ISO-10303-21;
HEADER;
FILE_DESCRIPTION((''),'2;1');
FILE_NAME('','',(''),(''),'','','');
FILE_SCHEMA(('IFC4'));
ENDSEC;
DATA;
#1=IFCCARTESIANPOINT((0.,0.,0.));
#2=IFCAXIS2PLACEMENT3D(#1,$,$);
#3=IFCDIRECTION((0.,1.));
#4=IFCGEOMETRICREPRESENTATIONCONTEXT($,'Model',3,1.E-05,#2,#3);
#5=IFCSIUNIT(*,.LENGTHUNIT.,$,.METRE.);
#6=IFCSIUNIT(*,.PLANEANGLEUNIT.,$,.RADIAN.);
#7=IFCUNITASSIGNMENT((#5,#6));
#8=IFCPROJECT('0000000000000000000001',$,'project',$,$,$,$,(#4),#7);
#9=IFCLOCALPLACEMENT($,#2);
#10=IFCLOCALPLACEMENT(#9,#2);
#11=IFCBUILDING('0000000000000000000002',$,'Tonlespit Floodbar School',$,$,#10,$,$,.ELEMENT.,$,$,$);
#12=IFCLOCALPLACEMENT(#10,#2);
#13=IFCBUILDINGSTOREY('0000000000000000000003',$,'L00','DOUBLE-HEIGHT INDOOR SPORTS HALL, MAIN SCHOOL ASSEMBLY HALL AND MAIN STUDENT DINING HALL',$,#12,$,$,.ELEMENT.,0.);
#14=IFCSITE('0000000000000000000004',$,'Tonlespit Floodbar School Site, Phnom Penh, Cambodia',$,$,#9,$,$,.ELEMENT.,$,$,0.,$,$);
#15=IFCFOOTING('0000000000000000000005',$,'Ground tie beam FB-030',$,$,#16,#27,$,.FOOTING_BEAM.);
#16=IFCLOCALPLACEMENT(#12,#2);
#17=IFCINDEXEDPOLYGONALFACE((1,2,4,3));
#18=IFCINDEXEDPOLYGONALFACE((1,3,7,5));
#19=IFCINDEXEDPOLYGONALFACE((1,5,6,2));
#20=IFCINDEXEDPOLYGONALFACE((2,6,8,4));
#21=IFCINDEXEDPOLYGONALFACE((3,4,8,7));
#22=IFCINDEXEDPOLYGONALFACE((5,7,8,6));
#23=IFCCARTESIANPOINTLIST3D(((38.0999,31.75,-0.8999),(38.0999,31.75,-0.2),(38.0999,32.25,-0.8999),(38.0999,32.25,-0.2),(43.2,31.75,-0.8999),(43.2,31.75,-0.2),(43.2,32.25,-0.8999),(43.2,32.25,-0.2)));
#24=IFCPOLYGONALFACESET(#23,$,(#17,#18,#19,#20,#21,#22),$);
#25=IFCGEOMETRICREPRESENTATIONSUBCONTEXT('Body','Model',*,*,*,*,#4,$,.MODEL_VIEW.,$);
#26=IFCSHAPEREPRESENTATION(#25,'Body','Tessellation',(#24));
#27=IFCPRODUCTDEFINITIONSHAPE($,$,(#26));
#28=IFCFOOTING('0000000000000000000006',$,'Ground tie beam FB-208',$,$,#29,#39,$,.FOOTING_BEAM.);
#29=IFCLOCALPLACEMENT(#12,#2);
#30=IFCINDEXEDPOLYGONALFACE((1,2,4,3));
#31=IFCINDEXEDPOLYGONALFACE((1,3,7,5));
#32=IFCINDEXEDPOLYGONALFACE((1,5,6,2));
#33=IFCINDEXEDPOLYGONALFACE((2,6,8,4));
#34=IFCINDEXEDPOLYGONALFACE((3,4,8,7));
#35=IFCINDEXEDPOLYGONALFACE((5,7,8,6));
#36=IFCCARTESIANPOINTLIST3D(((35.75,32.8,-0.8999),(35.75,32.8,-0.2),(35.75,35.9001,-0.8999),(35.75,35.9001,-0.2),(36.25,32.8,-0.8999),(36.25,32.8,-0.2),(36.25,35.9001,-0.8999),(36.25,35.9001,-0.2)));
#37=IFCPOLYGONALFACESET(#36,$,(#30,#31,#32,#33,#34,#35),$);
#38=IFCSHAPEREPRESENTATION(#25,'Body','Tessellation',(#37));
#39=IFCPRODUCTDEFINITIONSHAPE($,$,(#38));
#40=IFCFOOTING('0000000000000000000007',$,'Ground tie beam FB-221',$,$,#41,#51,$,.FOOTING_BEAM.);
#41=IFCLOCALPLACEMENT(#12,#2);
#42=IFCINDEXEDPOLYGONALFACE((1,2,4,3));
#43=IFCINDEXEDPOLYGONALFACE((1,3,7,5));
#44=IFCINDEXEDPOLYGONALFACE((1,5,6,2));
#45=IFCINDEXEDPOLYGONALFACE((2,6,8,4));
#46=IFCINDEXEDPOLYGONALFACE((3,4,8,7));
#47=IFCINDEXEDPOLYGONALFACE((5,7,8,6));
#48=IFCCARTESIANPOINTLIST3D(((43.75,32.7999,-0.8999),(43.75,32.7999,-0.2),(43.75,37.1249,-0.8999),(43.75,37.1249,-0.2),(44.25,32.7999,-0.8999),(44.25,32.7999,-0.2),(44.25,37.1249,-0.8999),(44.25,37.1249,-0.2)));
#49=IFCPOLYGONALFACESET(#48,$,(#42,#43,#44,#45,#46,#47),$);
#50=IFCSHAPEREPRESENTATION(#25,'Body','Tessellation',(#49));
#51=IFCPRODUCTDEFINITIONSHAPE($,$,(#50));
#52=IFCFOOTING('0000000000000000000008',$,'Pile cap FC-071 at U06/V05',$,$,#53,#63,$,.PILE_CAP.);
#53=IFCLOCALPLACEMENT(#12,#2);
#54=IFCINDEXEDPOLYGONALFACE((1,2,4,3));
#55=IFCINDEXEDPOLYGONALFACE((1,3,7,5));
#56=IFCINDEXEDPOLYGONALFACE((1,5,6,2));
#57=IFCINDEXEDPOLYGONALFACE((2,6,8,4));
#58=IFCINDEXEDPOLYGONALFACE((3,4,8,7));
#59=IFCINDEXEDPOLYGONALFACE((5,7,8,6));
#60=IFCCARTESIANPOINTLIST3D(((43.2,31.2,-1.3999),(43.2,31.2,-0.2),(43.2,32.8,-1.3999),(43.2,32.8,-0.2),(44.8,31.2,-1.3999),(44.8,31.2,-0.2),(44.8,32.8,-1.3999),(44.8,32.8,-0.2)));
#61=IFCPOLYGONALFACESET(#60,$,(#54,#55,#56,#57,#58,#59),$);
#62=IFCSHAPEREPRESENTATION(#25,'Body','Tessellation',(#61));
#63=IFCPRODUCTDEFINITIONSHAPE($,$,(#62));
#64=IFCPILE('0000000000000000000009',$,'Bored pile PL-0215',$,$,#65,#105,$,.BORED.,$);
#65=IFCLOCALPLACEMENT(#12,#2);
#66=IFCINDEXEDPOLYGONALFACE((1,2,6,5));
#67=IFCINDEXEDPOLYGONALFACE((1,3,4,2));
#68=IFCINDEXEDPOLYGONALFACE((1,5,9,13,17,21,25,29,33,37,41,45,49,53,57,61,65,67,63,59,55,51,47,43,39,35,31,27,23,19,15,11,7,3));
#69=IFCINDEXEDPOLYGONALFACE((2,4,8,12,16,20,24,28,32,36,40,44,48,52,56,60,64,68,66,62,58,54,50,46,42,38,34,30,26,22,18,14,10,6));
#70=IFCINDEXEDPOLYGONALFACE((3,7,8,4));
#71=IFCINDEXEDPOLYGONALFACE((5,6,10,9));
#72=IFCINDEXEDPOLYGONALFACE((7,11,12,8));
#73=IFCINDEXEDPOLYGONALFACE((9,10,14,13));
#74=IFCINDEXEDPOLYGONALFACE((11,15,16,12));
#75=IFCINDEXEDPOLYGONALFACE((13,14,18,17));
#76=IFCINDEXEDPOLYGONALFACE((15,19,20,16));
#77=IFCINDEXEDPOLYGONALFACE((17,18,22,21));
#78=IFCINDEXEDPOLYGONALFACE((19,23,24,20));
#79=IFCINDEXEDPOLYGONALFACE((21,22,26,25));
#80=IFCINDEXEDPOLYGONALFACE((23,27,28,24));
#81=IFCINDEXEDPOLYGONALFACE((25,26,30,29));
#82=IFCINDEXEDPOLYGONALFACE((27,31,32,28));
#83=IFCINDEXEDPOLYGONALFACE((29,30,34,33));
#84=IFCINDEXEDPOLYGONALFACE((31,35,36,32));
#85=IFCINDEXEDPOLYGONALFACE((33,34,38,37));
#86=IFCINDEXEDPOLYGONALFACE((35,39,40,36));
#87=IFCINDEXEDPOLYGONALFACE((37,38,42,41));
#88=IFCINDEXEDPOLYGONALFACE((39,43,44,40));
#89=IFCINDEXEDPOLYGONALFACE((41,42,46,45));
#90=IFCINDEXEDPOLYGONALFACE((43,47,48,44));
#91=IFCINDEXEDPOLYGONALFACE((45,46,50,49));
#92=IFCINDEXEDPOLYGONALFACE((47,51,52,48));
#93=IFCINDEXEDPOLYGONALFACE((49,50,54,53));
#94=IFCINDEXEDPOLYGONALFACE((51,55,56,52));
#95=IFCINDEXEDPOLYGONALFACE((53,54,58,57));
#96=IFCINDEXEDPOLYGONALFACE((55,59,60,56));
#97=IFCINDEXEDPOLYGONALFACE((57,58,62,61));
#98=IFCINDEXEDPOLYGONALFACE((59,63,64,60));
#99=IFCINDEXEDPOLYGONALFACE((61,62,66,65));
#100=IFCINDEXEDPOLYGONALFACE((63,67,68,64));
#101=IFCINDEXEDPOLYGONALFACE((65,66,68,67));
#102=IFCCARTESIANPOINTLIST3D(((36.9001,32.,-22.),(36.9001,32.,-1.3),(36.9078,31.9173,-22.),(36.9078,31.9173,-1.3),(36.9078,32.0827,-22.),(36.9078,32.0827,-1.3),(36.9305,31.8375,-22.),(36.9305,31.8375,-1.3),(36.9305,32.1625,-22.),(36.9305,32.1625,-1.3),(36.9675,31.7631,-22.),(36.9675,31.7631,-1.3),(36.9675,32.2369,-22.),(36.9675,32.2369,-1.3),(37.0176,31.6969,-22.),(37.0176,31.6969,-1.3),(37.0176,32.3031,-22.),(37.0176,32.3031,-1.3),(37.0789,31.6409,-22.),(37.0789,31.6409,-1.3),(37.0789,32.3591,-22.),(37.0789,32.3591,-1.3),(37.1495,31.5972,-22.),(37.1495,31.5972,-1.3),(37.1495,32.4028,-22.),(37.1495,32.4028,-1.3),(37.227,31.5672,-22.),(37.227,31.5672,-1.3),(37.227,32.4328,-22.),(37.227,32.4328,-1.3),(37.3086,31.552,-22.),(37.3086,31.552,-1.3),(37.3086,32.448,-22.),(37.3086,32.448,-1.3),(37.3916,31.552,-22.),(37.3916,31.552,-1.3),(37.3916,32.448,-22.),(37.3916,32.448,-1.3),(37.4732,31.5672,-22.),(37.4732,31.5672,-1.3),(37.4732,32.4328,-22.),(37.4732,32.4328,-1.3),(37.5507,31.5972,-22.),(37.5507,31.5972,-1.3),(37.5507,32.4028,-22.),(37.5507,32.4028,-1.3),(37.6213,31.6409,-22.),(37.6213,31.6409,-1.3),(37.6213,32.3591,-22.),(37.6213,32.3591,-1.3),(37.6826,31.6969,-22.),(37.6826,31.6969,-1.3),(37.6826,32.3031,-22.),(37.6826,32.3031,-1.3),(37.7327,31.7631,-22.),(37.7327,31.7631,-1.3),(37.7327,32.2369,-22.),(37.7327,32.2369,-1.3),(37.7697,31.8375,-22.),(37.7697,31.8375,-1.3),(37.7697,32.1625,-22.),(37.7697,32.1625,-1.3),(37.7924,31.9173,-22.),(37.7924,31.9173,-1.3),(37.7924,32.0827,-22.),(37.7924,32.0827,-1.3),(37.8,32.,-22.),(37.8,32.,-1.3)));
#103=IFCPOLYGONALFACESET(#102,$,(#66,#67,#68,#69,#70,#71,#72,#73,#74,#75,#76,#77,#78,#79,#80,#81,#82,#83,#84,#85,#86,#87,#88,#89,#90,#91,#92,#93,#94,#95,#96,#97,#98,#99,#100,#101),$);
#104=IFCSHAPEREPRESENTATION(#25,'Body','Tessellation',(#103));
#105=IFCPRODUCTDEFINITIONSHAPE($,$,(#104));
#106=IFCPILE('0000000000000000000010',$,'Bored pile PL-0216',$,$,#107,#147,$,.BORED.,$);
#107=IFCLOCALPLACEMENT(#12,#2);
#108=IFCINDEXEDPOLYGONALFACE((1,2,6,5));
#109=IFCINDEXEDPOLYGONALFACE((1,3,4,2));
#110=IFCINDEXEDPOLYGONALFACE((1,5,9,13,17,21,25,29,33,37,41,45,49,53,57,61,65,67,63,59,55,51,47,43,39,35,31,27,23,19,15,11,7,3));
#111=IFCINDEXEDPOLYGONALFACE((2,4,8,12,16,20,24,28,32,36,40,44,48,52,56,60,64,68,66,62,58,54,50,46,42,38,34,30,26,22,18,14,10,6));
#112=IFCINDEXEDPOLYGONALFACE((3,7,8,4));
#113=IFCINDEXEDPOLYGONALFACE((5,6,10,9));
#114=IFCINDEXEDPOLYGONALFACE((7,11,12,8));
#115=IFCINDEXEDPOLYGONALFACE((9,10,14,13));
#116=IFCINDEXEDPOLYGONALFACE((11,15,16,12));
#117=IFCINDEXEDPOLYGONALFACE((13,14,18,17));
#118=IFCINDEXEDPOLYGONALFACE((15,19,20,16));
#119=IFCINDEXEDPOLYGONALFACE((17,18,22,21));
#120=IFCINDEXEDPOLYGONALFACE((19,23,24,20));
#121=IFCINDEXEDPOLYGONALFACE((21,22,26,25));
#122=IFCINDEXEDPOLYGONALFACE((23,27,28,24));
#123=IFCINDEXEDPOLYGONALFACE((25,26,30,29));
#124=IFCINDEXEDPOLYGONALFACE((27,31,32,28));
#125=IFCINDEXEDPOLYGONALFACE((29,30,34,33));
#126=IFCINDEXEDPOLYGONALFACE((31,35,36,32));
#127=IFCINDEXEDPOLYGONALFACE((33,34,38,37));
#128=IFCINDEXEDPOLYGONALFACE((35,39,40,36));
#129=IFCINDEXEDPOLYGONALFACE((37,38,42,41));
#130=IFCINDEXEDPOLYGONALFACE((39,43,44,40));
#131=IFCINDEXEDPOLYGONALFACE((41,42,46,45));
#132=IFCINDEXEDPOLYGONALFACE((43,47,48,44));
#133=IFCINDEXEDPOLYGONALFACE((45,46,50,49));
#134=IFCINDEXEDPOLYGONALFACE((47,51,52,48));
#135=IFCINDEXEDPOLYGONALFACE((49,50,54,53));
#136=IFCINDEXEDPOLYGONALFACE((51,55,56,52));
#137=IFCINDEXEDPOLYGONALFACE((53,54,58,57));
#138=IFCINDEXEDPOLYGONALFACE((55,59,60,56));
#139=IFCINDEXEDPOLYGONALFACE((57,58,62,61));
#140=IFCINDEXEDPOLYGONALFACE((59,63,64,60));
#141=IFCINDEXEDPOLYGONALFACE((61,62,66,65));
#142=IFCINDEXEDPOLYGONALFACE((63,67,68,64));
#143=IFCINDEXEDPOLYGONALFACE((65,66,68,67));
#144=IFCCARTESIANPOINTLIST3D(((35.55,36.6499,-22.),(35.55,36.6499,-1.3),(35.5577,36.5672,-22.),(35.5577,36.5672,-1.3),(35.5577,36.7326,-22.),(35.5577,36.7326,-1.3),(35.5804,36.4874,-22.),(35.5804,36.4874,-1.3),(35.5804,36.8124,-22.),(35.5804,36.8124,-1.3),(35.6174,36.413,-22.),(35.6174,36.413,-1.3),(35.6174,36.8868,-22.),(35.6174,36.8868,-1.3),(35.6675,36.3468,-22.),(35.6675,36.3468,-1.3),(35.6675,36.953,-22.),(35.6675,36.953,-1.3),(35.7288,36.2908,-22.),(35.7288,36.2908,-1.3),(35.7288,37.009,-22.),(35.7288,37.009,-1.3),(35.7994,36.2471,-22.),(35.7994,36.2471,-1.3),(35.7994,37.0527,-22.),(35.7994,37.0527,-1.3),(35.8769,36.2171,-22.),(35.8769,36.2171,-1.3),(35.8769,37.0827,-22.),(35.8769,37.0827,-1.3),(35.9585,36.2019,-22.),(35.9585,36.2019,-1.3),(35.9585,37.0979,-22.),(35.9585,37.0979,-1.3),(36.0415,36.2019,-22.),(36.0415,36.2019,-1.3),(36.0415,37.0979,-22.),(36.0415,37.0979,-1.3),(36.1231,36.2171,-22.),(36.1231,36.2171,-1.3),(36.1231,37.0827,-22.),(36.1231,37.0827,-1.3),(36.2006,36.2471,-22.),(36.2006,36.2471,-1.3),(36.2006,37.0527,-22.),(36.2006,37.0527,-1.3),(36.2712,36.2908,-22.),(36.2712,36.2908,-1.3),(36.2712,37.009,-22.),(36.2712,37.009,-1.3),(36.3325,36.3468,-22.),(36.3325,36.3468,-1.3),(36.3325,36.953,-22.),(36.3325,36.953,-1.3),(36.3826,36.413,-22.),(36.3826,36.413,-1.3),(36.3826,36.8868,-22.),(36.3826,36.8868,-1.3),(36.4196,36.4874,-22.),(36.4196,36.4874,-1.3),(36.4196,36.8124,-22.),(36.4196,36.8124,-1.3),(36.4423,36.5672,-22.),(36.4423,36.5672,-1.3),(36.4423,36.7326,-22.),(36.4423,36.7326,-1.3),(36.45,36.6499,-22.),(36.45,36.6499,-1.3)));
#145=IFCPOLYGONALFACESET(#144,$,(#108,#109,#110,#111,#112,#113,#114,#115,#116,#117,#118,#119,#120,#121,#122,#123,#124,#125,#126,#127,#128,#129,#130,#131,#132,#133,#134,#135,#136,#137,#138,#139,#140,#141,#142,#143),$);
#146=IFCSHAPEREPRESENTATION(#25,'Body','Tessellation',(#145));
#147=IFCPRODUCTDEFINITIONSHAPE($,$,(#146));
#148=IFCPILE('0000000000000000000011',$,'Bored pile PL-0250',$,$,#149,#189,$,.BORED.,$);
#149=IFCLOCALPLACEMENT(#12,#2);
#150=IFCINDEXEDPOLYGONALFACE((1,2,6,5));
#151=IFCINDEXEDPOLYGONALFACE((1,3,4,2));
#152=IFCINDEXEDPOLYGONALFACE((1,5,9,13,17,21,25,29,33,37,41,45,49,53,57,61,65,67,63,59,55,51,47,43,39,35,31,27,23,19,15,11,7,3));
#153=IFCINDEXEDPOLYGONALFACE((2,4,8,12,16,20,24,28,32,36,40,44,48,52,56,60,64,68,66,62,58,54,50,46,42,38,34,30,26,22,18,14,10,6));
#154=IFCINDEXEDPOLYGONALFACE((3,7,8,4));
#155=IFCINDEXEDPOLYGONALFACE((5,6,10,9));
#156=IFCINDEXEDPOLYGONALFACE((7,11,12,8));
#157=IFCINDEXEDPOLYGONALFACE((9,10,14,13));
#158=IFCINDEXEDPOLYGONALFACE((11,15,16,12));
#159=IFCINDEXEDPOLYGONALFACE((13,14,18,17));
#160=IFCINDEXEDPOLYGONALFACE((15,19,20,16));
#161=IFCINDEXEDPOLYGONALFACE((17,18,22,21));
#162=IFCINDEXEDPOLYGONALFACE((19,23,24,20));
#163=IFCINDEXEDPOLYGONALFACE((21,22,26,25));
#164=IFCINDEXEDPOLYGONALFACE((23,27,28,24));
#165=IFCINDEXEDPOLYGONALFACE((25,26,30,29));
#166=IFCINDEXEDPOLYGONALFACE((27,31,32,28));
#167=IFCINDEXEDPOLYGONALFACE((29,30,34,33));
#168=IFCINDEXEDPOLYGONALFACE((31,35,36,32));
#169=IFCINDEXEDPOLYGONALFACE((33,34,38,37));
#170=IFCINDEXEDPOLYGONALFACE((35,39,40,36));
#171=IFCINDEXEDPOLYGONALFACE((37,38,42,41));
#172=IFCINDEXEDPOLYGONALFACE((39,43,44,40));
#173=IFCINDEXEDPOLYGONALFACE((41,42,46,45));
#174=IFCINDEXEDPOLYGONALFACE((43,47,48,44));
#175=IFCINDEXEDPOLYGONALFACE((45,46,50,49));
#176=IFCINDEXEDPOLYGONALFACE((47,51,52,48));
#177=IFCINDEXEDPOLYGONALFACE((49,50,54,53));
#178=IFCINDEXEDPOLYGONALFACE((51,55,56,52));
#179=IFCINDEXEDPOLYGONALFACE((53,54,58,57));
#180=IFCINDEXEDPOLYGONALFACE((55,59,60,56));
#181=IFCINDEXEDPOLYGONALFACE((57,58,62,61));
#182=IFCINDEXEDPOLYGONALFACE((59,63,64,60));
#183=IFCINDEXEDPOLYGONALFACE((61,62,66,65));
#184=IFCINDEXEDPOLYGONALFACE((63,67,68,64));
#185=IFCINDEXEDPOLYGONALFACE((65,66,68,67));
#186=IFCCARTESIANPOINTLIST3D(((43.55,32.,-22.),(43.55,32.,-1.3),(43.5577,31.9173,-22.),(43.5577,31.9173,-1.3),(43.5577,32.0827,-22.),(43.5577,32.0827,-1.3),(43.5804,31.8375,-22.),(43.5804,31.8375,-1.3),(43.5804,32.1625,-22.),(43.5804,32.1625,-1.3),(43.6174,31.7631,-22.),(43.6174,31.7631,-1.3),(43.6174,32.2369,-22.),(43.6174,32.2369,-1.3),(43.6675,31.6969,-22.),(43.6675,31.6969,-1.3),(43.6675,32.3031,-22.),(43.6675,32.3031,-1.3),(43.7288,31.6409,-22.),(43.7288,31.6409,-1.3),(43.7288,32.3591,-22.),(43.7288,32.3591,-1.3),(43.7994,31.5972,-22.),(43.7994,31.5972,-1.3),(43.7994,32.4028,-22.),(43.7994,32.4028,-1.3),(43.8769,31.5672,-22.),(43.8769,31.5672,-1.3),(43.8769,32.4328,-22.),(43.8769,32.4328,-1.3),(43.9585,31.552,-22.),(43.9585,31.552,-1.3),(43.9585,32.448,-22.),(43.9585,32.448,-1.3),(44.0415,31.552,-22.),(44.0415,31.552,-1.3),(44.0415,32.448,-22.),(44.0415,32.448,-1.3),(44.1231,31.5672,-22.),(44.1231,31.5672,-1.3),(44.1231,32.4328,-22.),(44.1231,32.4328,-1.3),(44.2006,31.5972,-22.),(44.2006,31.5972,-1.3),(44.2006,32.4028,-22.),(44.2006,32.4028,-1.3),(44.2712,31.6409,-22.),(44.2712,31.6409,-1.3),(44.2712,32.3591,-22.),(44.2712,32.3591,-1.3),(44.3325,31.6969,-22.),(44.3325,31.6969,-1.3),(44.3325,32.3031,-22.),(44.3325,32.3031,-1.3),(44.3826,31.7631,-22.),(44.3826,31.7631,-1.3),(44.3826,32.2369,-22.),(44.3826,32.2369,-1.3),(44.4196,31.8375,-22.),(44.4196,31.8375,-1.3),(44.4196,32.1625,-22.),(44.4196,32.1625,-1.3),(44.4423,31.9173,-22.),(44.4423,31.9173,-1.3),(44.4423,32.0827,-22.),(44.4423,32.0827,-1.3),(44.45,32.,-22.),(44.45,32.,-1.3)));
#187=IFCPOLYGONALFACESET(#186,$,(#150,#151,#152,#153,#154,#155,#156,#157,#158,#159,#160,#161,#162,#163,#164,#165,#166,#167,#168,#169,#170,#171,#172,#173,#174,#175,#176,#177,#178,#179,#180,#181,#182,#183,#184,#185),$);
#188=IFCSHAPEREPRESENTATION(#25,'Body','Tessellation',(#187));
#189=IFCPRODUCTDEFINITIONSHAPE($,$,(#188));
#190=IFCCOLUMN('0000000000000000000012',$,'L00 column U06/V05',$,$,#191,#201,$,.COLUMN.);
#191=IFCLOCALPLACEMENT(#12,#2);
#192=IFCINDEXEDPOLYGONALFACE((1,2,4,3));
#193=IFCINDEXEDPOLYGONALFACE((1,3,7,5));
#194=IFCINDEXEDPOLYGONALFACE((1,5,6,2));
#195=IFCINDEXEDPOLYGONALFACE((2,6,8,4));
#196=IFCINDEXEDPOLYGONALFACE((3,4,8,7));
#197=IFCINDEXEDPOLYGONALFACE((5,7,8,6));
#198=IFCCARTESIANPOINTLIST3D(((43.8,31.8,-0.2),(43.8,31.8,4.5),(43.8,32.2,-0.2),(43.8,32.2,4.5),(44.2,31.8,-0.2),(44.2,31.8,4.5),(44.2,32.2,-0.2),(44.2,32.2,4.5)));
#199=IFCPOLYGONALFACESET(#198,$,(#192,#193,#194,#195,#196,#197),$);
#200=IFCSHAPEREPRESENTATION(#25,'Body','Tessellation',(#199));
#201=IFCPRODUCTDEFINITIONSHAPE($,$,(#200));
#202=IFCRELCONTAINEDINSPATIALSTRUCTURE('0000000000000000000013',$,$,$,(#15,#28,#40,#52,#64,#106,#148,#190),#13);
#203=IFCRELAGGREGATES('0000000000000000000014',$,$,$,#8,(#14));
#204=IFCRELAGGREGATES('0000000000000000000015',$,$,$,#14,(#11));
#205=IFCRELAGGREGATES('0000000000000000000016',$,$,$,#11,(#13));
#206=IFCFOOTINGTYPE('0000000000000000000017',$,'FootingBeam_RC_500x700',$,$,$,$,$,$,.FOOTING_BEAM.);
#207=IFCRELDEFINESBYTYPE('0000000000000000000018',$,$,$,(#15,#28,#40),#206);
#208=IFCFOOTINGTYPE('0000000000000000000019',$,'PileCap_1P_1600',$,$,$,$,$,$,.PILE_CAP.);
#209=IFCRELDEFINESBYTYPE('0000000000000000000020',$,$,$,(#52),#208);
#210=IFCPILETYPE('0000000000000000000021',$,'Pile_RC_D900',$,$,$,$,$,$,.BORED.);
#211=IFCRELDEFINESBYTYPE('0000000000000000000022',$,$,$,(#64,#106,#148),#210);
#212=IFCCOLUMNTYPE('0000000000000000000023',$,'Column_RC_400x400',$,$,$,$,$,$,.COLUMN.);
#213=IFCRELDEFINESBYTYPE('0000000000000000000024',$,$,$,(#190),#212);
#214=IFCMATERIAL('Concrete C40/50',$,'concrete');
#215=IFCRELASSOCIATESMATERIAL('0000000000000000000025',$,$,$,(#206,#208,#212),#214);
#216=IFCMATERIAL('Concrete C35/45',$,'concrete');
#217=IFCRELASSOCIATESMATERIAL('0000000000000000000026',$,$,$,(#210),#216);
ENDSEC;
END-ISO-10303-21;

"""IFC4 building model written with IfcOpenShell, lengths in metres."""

from ifc_helpers import new_model, si_unit, direction, frame, origin, origin_2d, place, context, subcontext, project, spatial, rectangle, circle, extrude, material, material_profile, profile_set, type_object, element, save


model = new_model("IFC4")

# Units and contexts
model_context = context("Model", 3, precision=1e-05, world=origin(), true_north=direction((0.0, 1.0)))
body_context = subcontext(model_context, "Body", "Model", "MODEL_VIEW")
ifc_project = project(units=[si_unit("LENGTHUNIT", "METRE"), si_unit("PLANEANGLEUNIT", "RADIAN")], contexts=[model_context])

# Site, building, storey
site_placement = place(None, origin())
site = spatial("IfcSite", under=ifc_project, at=site_placement, Name="Tonlespit Floodbar School Site, Phnom Penh, Cambodia", CompositionType="ELEMENT", RefElevation=0.0)
building_placement = place(site_placement, origin())
building = spatial("IfcBuilding", under=site, at=building_placement, Name="Tonlespit Floodbar School", CompositionType="ELEMENT")
storey_placement = place(building_placement, origin())
storey = spatial("IfcBuildingStorey", under=building, at=storey_placement, Name="L00", Description="DOUBLE-HEIGHT INDOOR SPORTS HALL, MAIN SCHOOL ASSEMBLY HALL AND MAIN STUDENT DINING HALL", CompositionType="ELEMENT", Elevation=0.0)

# Footings
ifc_material_1 = material(Name="Concrete C40/50", Category="concrete")
footing_type_1 = type_object("IfcFootingType", Name="FootingBeam_RC_500x700", PredefinedType="FOOTING_BEAM", material=ifc_material_1)
footing_1_placement = place(storey_placement, frame((40.6499, 32.0, -0.8999), z_axis=(0.0, 0.0, 1.0), x_axis=(1.0, 0.0, 0.0)))
element("IfcFooting", 1, at=footing_1_placement, inside=storey, type_object=footing_type_1, Name="Ground tie beam FB-030", PredefinedType="FOOTING_BEAM", context=body_context, shape_type="SweptSolid", body=[
    extrude(rectangle(XDim=5.1001, YDim=0.5, at=origin_2d()), origin(), (0.0, 0.0, 1.0), 0.7),
])
footing_2_placement = place(storey_placement, frame((36.0, 34.3501, -0.8999), z_axis=(0.0, 0.0, 1.0), x_axis=(0.0, 1.0, 0.0)))
element("IfcFooting", 2, at=footing_2_placement, inside=storey, type_object=footing_type_1, Name="Ground tie beam FB-208", PredefinedType="FOOTING_BEAM", context=body_context, shape_type="SweptSolid", body=[
    extrude(rectangle(XDim=3.1001, YDim=0.5, at=origin_2d()), origin(), (0.0, 0.0, 1.0), 0.7),
])
footing_3_placement = place(storey_placement, frame((44.0, 34.9624, -0.8999), z_axis=(0.0, 0.0, 1.0), x_axis=(0.0, 1.0, 0.0)))
element("IfcFooting", 3, at=footing_3_placement, inside=storey, type_object=footing_type_1, Name="Ground tie beam FB-221", PredefinedType="FOOTING_BEAM", context=body_context, shape_type="SweptSolid", body=[
    extrude(rectangle(XDim=4.325, YDim=0.5, at=origin_2d()), origin(), (0.0, 0.0, 1.0), 0.7),
])
footing_type_2 = type_object("IfcFootingType", Name="PileCap_1P_1600", PredefinedType="PILE_CAP", material=ifc_material_1)
footing_4_placement = place(storey_placement, frame((44.0, 32.0, -1.3999), z_axis=(0.0, 0.0, 1.0), x_axis=(1.0, 0.0, 0.0)))
element("IfcFooting", 4, at=footing_4_placement, inside=storey, type_object=footing_type_2, Name="Pile cap FC-071 at U06/V05", PredefinedType="PILE_CAP", context=body_context, shape_type="SweptSolid", body=[
    extrude(rectangle(XDim=1.6001, YDim=1.6001, at=origin_2d()), origin(), (0.0, 0.0, 1.0), 1.2),
])

# Piles
ifc_material_2 = material(Name="Concrete C35/45", Category="concrete")
ifc_material_profile_1 = material_profile(ifc_material_2, circle(Radius=0.45, at=origin_2d()), Name="BP D900")
ifc_profile_set_1 = profile_set([ifc_material_profile_1], Name="Concrete C35/45")
pile_type = type_object("IfcPileType", Name="Pile_RC_D900", PredefinedType="BORED", material=ifc_profile_set_1)
for number, where, z_axis, x_axis, name in (
    (5, (37.3501, 32.0, -1.3), (0.0, 0.0, -1.0), (1.0, 0.0, 0.0), "Bored pile PL-0215"),
    (6, (36.0, 36.6499, -1.3), (0.0, 0.0, -1.0), (1.0, 0.0, 0.0), "Bored pile PL-0216"),
    (7, (44.0, 32.0, -1.3), (0.0, 0.0, -1.0), (1.0, 0.0, 0.0), "Bored pile PL-0250"),
):
    element("IfcPile", number, at=place(storey_placement, frame(where, z_axis=z_axis, x_axis=x_axis)), inside=storey, type_object=pile_type, Name=name, PredefinedType="BORED", context=body_context, shape_type="SweptSolid", body=[
        extrude(circle(Radius=0.45, at=origin_2d()), origin(), (0.0, 0.0, 1.0), 20.7),
    ])

# Column
ifc_material_profile_2 = material_profile(ifc_material_1, rectangle(XDim=0.3999, YDim=0.3999, at=origin_2d()), Name="RC 400x400")
ifc_profile_set_2 = profile_set([ifc_material_profile_2], Name="Concrete C40/50")
column_type = type_object("IfcColumnType", Name="Column_RC_400x400", PredefinedType="COLUMN", material=ifc_profile_set_2)
column_placement = place(storey_placement, frame((44.0, 32.0, -0.2), z_axis=(0.0, 0.0, 1.0), x_axis=(1.0, 0.0, 0.0)))
element("IfcColumn", 8, at=column_placement, inside=storey, type_object=column_type, Name="L00 column U06/V05", PredefinedType="COLUMN", context=body_context, shape_type="SweptSolid", body=[
    extrude(rectangle(XDim=0.3999, YDim=0.3999, at=origin_2d()), origin(), (0.0, 0.0, 1.0), 4.7),
])

save(model, "model.ifc")
